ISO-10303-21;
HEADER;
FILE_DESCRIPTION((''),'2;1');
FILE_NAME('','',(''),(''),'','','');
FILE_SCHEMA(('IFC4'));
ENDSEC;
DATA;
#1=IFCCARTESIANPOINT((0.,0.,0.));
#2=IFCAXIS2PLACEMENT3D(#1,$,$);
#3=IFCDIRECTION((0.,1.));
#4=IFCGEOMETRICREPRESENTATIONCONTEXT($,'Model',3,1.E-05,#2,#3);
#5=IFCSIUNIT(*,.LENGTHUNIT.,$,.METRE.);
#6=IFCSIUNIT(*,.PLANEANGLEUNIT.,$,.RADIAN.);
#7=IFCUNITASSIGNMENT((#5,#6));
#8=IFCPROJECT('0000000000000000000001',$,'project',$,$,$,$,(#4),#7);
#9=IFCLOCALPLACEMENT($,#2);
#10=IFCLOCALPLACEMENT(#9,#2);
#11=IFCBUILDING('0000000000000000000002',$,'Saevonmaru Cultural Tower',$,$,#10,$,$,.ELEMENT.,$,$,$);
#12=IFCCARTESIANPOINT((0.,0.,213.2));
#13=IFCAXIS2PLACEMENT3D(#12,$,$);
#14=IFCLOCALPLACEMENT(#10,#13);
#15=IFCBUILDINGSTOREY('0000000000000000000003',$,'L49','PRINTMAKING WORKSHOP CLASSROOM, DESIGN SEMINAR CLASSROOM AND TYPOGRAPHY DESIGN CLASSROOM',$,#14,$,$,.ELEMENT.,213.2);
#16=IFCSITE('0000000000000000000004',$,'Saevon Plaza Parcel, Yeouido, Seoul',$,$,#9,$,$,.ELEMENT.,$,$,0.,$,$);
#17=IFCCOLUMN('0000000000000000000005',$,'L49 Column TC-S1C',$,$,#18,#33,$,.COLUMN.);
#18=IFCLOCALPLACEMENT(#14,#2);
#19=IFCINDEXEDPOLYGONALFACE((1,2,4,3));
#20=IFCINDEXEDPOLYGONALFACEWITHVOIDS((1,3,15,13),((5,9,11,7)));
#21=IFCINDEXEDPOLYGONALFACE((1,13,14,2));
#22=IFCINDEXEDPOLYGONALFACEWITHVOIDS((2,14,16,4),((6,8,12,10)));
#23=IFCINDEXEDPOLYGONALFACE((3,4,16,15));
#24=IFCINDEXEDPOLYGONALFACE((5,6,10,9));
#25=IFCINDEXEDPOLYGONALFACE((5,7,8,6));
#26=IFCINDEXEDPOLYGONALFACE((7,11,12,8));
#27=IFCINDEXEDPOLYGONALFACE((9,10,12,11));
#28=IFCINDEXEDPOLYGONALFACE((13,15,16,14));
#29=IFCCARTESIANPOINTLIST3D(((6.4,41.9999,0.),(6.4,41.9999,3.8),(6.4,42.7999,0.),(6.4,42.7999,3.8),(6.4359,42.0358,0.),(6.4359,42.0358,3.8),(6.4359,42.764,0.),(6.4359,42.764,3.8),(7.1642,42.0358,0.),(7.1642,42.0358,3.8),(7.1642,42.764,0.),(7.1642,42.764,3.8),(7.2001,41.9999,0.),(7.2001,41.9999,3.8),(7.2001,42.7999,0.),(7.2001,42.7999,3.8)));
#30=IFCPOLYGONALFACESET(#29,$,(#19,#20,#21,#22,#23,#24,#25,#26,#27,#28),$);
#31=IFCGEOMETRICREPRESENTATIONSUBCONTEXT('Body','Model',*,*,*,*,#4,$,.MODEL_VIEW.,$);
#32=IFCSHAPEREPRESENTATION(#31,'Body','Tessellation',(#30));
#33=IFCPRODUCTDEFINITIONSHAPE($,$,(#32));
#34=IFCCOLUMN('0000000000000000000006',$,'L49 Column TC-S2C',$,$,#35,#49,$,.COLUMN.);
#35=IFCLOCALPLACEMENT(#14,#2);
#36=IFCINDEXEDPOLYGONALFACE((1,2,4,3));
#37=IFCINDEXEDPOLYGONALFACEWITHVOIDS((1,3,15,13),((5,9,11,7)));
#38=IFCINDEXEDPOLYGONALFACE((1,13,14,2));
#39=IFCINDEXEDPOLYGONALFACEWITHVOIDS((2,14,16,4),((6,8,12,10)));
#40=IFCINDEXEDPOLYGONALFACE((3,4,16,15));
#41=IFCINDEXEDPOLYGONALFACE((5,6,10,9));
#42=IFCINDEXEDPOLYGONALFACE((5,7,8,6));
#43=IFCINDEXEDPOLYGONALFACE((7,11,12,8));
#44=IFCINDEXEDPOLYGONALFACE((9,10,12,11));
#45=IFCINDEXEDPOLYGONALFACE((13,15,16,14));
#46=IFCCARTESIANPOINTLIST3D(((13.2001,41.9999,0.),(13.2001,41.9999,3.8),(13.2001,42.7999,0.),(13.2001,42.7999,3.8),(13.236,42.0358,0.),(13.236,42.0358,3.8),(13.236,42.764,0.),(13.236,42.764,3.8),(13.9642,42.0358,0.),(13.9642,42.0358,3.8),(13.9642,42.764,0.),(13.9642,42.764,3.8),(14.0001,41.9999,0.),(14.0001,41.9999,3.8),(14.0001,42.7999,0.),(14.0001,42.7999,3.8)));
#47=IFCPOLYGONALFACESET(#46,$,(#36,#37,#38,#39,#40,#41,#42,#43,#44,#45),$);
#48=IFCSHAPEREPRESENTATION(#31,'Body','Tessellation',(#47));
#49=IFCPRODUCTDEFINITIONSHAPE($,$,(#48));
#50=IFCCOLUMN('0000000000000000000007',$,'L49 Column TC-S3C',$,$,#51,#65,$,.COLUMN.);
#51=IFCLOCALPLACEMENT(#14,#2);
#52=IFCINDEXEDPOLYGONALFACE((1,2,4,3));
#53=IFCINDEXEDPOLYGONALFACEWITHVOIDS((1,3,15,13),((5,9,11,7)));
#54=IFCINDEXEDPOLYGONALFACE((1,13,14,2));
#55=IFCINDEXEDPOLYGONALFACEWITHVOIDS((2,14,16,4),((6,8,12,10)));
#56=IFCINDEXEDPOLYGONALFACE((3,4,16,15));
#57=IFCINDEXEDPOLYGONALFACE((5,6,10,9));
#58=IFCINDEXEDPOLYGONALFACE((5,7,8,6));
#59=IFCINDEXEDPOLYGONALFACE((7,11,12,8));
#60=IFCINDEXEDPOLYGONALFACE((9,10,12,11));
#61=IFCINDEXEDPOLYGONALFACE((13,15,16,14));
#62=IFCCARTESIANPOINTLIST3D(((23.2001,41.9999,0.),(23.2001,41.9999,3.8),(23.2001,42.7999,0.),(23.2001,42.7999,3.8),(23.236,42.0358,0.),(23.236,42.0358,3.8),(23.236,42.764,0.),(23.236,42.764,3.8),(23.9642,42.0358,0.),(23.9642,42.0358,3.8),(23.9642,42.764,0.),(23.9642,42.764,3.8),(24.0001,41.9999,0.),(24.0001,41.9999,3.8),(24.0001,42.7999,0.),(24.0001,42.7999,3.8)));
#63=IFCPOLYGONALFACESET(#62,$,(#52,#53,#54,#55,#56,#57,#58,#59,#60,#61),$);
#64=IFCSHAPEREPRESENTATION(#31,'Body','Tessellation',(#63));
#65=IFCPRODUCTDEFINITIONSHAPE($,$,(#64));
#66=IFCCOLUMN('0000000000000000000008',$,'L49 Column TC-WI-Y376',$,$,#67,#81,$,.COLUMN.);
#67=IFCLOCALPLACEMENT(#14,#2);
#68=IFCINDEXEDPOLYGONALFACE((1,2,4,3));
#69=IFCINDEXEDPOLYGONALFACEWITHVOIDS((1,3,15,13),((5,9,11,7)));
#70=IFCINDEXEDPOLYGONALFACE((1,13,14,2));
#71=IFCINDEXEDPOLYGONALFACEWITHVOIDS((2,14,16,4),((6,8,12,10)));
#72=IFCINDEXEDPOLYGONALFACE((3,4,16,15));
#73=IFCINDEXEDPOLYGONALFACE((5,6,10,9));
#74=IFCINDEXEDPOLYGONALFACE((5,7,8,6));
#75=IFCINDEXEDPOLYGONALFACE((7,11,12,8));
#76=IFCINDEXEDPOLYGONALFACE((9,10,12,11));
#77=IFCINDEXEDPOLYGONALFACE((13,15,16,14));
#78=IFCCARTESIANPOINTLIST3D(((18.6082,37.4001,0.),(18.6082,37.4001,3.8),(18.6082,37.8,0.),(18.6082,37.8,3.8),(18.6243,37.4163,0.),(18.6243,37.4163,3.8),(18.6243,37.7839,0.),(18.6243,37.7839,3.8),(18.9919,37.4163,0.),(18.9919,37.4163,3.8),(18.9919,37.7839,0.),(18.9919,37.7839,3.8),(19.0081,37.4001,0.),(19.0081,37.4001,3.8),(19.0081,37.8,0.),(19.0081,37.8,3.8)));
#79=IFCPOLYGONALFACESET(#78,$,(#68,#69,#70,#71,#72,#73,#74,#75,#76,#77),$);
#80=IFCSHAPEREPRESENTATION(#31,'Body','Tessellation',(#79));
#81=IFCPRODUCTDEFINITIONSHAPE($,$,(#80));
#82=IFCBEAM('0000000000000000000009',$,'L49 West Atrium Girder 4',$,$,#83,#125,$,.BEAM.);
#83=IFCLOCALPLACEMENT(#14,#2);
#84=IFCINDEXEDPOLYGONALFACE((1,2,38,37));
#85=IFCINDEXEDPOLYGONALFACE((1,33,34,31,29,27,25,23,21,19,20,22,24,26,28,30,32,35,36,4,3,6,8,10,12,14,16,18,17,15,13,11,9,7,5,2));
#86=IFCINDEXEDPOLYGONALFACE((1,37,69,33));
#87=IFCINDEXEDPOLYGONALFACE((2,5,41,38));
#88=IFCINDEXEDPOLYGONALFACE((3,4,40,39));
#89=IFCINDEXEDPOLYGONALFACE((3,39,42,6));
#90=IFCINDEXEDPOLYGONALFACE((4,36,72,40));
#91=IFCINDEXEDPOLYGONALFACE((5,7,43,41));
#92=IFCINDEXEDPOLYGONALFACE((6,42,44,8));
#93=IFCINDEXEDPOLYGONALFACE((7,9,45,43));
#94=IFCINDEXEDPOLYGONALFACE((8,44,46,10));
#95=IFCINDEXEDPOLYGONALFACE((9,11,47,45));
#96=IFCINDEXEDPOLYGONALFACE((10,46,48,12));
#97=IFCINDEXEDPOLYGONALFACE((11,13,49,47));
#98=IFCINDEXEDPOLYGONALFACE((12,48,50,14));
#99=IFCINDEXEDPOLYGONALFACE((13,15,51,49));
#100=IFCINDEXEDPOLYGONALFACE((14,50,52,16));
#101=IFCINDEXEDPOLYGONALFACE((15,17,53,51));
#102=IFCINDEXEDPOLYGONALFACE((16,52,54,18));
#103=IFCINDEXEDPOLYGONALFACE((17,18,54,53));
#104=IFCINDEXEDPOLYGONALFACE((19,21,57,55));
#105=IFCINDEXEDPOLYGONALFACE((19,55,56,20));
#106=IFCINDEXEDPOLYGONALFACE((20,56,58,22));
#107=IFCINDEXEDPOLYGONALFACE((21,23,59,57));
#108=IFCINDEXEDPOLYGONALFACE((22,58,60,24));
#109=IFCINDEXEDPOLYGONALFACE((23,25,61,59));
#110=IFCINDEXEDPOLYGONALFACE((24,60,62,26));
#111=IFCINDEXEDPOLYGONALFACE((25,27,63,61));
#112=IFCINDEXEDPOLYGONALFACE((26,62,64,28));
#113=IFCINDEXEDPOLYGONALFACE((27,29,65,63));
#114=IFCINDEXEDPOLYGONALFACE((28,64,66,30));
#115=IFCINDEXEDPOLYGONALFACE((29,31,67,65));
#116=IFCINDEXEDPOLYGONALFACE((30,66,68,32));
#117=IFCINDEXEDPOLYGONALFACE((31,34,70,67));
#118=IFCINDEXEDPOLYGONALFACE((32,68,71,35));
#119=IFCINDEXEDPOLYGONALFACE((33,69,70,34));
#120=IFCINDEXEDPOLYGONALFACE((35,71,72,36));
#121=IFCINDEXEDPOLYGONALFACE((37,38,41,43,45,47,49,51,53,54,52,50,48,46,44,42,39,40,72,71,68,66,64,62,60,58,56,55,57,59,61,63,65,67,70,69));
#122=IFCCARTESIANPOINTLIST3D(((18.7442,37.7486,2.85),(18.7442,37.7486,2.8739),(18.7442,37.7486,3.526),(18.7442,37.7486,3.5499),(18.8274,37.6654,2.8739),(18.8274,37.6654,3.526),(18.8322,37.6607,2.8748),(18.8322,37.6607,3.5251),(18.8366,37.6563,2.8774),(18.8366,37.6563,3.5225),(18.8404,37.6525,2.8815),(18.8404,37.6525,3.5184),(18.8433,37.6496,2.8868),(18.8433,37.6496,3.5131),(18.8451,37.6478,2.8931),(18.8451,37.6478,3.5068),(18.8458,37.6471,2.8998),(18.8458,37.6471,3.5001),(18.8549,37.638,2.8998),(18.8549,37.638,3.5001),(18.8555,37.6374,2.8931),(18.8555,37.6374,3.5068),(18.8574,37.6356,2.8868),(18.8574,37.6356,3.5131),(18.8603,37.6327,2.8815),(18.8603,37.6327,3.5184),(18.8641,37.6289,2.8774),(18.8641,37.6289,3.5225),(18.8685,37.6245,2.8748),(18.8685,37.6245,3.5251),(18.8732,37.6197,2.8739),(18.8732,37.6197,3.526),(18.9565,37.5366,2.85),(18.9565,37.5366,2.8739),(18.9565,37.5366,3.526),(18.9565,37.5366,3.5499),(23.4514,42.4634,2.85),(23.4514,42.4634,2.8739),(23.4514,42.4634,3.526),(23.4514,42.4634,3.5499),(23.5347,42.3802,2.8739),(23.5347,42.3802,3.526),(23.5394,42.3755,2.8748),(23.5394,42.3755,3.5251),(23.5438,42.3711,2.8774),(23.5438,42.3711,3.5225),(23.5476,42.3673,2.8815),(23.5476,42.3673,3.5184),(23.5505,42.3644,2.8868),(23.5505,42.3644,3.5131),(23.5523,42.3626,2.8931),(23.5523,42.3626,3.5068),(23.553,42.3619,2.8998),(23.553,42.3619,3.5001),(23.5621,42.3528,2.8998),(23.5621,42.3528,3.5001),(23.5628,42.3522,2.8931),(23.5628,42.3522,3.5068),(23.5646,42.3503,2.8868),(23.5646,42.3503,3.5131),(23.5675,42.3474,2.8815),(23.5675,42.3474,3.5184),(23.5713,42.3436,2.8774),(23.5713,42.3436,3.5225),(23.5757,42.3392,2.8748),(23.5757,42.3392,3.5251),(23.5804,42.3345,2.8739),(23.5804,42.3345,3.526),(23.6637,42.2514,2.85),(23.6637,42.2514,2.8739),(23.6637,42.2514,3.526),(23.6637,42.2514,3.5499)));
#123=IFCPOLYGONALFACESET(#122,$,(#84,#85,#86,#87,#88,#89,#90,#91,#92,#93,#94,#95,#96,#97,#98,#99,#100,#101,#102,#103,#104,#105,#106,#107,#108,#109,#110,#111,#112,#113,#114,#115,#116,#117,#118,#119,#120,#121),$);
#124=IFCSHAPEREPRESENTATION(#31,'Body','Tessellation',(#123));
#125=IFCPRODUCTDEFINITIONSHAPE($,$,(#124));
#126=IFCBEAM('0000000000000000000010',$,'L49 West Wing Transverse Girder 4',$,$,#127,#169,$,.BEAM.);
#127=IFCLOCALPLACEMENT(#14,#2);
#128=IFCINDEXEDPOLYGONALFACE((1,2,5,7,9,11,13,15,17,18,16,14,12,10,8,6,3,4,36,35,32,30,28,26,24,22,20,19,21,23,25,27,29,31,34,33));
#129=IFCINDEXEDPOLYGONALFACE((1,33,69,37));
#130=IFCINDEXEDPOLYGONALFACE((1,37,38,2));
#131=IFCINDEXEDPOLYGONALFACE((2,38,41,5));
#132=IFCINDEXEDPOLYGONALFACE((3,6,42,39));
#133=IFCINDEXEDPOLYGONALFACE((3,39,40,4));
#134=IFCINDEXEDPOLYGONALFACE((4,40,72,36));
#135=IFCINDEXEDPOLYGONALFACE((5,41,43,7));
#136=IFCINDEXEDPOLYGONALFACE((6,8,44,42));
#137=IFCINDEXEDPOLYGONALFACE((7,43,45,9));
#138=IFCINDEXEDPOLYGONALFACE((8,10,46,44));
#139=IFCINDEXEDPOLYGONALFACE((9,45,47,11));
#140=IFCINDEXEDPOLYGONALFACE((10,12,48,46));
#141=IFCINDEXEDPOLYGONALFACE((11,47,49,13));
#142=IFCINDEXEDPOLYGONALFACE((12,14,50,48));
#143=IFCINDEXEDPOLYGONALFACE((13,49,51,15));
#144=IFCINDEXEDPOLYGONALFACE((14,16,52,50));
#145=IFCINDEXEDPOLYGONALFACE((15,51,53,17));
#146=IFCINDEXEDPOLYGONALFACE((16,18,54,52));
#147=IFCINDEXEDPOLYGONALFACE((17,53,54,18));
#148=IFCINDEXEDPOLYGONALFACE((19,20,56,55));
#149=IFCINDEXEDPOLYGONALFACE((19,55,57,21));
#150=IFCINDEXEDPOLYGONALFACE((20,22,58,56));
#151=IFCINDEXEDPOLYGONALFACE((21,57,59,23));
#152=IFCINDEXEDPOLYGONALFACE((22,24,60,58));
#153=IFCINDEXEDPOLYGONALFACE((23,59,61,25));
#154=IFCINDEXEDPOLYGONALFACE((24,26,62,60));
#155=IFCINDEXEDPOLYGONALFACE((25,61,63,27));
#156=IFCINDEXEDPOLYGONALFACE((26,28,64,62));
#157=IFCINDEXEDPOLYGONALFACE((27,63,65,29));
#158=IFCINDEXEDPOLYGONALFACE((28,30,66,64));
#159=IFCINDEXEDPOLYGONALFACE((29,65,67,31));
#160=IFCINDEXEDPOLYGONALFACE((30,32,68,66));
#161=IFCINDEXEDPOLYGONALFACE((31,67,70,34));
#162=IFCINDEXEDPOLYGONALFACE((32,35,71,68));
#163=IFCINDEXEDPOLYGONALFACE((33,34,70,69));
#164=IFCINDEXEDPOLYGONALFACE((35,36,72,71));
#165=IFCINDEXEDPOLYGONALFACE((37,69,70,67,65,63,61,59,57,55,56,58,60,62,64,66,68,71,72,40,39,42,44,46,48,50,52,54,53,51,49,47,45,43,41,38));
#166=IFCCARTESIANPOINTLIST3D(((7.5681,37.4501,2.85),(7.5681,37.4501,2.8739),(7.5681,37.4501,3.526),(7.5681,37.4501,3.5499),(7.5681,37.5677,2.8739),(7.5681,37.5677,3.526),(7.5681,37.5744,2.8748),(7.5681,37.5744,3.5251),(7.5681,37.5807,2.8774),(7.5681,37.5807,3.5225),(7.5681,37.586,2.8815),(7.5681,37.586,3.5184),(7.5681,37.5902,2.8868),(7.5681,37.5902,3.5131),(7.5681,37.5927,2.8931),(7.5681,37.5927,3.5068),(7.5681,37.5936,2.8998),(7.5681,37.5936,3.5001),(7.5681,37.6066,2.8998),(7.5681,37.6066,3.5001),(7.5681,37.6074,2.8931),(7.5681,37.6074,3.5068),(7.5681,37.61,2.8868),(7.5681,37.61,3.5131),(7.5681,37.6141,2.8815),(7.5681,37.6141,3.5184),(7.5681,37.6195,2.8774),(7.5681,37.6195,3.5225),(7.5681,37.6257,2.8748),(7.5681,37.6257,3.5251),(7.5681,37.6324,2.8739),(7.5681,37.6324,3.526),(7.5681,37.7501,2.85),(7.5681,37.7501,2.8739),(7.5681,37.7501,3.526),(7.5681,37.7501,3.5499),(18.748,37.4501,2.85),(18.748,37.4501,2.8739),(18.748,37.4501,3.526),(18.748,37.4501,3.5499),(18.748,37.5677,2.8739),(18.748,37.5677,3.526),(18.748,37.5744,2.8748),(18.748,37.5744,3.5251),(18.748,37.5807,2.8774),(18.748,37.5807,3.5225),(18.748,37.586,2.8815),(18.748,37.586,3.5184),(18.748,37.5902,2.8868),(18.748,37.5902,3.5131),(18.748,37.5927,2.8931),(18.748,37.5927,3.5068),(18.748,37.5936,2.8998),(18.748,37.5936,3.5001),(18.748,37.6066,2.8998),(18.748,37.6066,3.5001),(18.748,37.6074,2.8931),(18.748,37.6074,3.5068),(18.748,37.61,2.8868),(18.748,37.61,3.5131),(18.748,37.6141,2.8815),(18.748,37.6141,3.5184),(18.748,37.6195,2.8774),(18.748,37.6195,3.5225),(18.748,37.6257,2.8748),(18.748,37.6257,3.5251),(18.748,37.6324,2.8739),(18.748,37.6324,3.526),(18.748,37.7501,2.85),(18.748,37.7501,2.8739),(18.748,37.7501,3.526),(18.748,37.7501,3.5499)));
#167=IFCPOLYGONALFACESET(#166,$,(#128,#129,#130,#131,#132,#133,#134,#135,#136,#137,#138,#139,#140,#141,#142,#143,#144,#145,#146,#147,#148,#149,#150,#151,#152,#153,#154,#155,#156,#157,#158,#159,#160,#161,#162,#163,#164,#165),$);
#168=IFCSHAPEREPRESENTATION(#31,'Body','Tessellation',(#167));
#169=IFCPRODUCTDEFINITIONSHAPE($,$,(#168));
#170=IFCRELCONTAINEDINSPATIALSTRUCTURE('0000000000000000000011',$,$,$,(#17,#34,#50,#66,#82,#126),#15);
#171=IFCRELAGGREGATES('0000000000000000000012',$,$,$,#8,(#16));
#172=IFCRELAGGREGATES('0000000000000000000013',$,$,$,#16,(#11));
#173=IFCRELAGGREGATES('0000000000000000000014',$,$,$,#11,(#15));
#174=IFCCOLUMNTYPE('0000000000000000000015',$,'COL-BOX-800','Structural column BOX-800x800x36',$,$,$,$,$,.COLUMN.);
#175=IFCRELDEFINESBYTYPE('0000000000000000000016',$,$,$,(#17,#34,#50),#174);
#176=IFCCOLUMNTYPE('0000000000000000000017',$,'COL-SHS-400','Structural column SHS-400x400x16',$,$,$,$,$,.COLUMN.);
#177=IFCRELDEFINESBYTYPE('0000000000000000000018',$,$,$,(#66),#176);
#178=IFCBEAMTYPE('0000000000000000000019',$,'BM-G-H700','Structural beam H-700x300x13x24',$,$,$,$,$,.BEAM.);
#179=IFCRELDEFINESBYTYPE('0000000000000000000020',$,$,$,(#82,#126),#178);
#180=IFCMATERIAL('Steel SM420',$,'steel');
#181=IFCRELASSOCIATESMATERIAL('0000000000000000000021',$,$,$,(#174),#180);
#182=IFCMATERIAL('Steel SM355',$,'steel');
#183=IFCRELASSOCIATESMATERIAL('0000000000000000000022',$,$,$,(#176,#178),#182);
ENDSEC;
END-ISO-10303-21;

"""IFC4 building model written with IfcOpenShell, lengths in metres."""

from ifc_helpers import new_model, si_unit, direction, frame, origin, origin_2d, place, context, subcontext, project, spatial, hollow_rectangle, i_section, extrude, material, material_profile, profile_set, type_object, element, save


model = new_model("IFC4")

# Units and contexts
model_context = context("Model", 3, precision=1e-05, world=origin(), true_north=direction((0.0, 1.0)))
body_context = subcontext(model_context, "Body", "Model", "MODEL_VIEW")
ifc_project = project(units=[si_unit("LENGTHUNIT", "METRE"), si_unit("PLANEANGLEUNIT", "RADIAN")], contexts=[model_context])

# Site, building, storey
site_placement = place(None, origin())
site = spatial("IfcSite", under=ifc_project, at=site_placement, Name="Saevon Plaza Parcel, Yeouido, Seoul", CompositionType="ELEMENT", RefElevation=0.0)
building_placement = place(site_placement, origin())
building = spatial("IfcBuilding", under=site, at=building_placement, Name="Saevonmaru Cultural Tower", CompositionType="ELEMENT")
storey_placement = place(building_placement, frame((0.0, 0.0, 213.2)))
storey = spatial("IfcBuildingStorey", under=building, at=storey_placement, Name="L49", Description="PRINTMAKING WORKSHOP CLASSROOM, DESIGN SEMINAR CLASSROOM AND TYPOGRAPHY DESIGN CLASSROOM", CompositionType="ELEMENT", Elevation=213.2)

# Columns
ifc_material_1 = material(Name="Steel SM420", Category="steel")
ifc_material_profile_1 = material_profile(ifc_material_1, hollow_rectangle(XDim=0.8, YDim=0.8, WallThickness=0.0359, at=origin_2d()), Name="BOX-800x800x36")
ifc_profile_set_1 = profile_set([ifc_material_profile_1], Name="Steel SM420")
column_type_1 = type_object("IfcColumnType", Name="COL-BOX-800", Description="Structural column BOX-800x800x36", PredefinedType="COLUMN", material=ifc_profile_set_1)
for number, where, z_axis, x_axis, name in (
    (1, (6.8, 42.3999, 0.0), (0.0, 0.0, 1.0), (1.0, 0.0, 0.0), "L49 Column TC-S1C"),
    (2, (13.6001, 42.3999, 0.0), (0.0, 0.0, 1.0), (1.0, 0.0, 0.0), "L49 Column TC-S2C"),
    (3, (23.6001, 42.3999, 0.0), (0.0, 0.0, 1.0), (1.0, 0.0, 0.0), "L49 Column TC-S3C"),
):
    element("IfcColumn", number, at=place(storey_placement, frame(where, z_axis=z_axis, x_axis=x_axis)), inside=storey, type_object=column_type_1, Name=name, PredefinedType="COLUMN", context=body_context, shape_type="SweptSolid", body=[
        extrude(hollow_rectangle(XDim=0.8, YDim=0.8, WallThickness=0.0359, at=origin_2d()), origin(), (0.0, 0.0, 1.0), 3.8),
    ])
ifc_material_2 = material(Name="Steel SM355", Category="steel")
ifc_material_profile_2 = material_profile(ifc_material_2, hollow_rectangle(XDim=0.3999, YDim=0.3999, WallThickness=0.0161, at=origin_2d()), Name="SHS-400x400x16")
ifc_profile_set_2 = profile_set([ifc_material_profile_2], Name="Steel SM355")
column_type_2 = type_object("IfcColumnType", Name="COL-SHS-400", Description="Structural column SHS-400x400x16", PredefinedType="COLUMN", material=ifc_profile_set_2)
column_placement = place(storey_placement, frame((18.8081, 37.6001, 0.0), z_axis=(0.0, 0.0, 1.0), x_axis=(1.0, 0.0, 0.0)))
element("IfcColumn", 4, at=column_placement, inside=storey, type_object=column_type_2, Name="L49 Column TC-WI-Y376", PredefinedType="COLUMN", context=body_context, shape_type="SweptSolid", body=[
    extrude(hollow_rectangle(XDim=0.3999, YDim=0.3999, WallThickness=0.0161, at=origin_2d()), origin(), (0.0, 0.0, 1.0), 3.8),
])

# Beams
ifc_material_profile_3 = material_profile(ifc_material_2, i_section(OverallWidth=0.3, OverallDepth=0.7, WebThickness=0.0129, FlangeThickness=0.0239, FilletRadius=0.0259, at=origin_2d()), Name="H-700x300x13x24")
ifc_profile_set_3 = profile_set([ifc_material_profile_3], Name="Steel SM355")
beam_type_1 = type_object("IfcBeamType", Name="BM-G-H700", Description="Structural beam H-700x300x13x24", PredefinedType="BEAM", material=ifc_profile_set_3)
beam_1_placement = place(storey_placement, frame((18.8503, 37.6426, 3.2), z_axis=(0.706539, 0.707675, 0.0), x_axis=(-0.707675, 0.706539, 0.0)))
element("IfcBeam", 5, at=beam_1_placement, inside=storey, type_object=beam_type_1, Name="L49 West Atrium Girder 4", PredefinedType="BEAM", context=body_context, shape_type="SweptSolid", body=[
    extrude(i_section(OverallWidth=0.3, OverallDepth=0.7, WebThickness=0.0129, FlangeThickness=0.0239, FilletRadius=0.0259, at=origin_2d()), origin(), (0.0, 0.0, 1.0), 6.6624),
])
beam_2_placement = place(storey_placement, frame((7.5681, 37.6001, 3.2), z_axis=(1.0, 0.0, 0.0), x_axis=(0.0, 1.0, 0.0)))
element("IfcBeam", 6, at=beam_2_placement, inside=storey, type_object=beam_type_1, Name="L49 West Wing Transverse Girder 4", PredefinedType="BEAM", context=body_context, shape_type="SweptSolid", body=[
    extrude(i_section(OverallWidth=0.3, OverallDepth=0.7, WebThickness=0.0129, FlangeThickness=0.0239, FilletRadius=0.0259, at=origin_2d()), origin(), (0.0, 0.0, 1.0), 11.1799),
])

save(model, "model.ifc")
